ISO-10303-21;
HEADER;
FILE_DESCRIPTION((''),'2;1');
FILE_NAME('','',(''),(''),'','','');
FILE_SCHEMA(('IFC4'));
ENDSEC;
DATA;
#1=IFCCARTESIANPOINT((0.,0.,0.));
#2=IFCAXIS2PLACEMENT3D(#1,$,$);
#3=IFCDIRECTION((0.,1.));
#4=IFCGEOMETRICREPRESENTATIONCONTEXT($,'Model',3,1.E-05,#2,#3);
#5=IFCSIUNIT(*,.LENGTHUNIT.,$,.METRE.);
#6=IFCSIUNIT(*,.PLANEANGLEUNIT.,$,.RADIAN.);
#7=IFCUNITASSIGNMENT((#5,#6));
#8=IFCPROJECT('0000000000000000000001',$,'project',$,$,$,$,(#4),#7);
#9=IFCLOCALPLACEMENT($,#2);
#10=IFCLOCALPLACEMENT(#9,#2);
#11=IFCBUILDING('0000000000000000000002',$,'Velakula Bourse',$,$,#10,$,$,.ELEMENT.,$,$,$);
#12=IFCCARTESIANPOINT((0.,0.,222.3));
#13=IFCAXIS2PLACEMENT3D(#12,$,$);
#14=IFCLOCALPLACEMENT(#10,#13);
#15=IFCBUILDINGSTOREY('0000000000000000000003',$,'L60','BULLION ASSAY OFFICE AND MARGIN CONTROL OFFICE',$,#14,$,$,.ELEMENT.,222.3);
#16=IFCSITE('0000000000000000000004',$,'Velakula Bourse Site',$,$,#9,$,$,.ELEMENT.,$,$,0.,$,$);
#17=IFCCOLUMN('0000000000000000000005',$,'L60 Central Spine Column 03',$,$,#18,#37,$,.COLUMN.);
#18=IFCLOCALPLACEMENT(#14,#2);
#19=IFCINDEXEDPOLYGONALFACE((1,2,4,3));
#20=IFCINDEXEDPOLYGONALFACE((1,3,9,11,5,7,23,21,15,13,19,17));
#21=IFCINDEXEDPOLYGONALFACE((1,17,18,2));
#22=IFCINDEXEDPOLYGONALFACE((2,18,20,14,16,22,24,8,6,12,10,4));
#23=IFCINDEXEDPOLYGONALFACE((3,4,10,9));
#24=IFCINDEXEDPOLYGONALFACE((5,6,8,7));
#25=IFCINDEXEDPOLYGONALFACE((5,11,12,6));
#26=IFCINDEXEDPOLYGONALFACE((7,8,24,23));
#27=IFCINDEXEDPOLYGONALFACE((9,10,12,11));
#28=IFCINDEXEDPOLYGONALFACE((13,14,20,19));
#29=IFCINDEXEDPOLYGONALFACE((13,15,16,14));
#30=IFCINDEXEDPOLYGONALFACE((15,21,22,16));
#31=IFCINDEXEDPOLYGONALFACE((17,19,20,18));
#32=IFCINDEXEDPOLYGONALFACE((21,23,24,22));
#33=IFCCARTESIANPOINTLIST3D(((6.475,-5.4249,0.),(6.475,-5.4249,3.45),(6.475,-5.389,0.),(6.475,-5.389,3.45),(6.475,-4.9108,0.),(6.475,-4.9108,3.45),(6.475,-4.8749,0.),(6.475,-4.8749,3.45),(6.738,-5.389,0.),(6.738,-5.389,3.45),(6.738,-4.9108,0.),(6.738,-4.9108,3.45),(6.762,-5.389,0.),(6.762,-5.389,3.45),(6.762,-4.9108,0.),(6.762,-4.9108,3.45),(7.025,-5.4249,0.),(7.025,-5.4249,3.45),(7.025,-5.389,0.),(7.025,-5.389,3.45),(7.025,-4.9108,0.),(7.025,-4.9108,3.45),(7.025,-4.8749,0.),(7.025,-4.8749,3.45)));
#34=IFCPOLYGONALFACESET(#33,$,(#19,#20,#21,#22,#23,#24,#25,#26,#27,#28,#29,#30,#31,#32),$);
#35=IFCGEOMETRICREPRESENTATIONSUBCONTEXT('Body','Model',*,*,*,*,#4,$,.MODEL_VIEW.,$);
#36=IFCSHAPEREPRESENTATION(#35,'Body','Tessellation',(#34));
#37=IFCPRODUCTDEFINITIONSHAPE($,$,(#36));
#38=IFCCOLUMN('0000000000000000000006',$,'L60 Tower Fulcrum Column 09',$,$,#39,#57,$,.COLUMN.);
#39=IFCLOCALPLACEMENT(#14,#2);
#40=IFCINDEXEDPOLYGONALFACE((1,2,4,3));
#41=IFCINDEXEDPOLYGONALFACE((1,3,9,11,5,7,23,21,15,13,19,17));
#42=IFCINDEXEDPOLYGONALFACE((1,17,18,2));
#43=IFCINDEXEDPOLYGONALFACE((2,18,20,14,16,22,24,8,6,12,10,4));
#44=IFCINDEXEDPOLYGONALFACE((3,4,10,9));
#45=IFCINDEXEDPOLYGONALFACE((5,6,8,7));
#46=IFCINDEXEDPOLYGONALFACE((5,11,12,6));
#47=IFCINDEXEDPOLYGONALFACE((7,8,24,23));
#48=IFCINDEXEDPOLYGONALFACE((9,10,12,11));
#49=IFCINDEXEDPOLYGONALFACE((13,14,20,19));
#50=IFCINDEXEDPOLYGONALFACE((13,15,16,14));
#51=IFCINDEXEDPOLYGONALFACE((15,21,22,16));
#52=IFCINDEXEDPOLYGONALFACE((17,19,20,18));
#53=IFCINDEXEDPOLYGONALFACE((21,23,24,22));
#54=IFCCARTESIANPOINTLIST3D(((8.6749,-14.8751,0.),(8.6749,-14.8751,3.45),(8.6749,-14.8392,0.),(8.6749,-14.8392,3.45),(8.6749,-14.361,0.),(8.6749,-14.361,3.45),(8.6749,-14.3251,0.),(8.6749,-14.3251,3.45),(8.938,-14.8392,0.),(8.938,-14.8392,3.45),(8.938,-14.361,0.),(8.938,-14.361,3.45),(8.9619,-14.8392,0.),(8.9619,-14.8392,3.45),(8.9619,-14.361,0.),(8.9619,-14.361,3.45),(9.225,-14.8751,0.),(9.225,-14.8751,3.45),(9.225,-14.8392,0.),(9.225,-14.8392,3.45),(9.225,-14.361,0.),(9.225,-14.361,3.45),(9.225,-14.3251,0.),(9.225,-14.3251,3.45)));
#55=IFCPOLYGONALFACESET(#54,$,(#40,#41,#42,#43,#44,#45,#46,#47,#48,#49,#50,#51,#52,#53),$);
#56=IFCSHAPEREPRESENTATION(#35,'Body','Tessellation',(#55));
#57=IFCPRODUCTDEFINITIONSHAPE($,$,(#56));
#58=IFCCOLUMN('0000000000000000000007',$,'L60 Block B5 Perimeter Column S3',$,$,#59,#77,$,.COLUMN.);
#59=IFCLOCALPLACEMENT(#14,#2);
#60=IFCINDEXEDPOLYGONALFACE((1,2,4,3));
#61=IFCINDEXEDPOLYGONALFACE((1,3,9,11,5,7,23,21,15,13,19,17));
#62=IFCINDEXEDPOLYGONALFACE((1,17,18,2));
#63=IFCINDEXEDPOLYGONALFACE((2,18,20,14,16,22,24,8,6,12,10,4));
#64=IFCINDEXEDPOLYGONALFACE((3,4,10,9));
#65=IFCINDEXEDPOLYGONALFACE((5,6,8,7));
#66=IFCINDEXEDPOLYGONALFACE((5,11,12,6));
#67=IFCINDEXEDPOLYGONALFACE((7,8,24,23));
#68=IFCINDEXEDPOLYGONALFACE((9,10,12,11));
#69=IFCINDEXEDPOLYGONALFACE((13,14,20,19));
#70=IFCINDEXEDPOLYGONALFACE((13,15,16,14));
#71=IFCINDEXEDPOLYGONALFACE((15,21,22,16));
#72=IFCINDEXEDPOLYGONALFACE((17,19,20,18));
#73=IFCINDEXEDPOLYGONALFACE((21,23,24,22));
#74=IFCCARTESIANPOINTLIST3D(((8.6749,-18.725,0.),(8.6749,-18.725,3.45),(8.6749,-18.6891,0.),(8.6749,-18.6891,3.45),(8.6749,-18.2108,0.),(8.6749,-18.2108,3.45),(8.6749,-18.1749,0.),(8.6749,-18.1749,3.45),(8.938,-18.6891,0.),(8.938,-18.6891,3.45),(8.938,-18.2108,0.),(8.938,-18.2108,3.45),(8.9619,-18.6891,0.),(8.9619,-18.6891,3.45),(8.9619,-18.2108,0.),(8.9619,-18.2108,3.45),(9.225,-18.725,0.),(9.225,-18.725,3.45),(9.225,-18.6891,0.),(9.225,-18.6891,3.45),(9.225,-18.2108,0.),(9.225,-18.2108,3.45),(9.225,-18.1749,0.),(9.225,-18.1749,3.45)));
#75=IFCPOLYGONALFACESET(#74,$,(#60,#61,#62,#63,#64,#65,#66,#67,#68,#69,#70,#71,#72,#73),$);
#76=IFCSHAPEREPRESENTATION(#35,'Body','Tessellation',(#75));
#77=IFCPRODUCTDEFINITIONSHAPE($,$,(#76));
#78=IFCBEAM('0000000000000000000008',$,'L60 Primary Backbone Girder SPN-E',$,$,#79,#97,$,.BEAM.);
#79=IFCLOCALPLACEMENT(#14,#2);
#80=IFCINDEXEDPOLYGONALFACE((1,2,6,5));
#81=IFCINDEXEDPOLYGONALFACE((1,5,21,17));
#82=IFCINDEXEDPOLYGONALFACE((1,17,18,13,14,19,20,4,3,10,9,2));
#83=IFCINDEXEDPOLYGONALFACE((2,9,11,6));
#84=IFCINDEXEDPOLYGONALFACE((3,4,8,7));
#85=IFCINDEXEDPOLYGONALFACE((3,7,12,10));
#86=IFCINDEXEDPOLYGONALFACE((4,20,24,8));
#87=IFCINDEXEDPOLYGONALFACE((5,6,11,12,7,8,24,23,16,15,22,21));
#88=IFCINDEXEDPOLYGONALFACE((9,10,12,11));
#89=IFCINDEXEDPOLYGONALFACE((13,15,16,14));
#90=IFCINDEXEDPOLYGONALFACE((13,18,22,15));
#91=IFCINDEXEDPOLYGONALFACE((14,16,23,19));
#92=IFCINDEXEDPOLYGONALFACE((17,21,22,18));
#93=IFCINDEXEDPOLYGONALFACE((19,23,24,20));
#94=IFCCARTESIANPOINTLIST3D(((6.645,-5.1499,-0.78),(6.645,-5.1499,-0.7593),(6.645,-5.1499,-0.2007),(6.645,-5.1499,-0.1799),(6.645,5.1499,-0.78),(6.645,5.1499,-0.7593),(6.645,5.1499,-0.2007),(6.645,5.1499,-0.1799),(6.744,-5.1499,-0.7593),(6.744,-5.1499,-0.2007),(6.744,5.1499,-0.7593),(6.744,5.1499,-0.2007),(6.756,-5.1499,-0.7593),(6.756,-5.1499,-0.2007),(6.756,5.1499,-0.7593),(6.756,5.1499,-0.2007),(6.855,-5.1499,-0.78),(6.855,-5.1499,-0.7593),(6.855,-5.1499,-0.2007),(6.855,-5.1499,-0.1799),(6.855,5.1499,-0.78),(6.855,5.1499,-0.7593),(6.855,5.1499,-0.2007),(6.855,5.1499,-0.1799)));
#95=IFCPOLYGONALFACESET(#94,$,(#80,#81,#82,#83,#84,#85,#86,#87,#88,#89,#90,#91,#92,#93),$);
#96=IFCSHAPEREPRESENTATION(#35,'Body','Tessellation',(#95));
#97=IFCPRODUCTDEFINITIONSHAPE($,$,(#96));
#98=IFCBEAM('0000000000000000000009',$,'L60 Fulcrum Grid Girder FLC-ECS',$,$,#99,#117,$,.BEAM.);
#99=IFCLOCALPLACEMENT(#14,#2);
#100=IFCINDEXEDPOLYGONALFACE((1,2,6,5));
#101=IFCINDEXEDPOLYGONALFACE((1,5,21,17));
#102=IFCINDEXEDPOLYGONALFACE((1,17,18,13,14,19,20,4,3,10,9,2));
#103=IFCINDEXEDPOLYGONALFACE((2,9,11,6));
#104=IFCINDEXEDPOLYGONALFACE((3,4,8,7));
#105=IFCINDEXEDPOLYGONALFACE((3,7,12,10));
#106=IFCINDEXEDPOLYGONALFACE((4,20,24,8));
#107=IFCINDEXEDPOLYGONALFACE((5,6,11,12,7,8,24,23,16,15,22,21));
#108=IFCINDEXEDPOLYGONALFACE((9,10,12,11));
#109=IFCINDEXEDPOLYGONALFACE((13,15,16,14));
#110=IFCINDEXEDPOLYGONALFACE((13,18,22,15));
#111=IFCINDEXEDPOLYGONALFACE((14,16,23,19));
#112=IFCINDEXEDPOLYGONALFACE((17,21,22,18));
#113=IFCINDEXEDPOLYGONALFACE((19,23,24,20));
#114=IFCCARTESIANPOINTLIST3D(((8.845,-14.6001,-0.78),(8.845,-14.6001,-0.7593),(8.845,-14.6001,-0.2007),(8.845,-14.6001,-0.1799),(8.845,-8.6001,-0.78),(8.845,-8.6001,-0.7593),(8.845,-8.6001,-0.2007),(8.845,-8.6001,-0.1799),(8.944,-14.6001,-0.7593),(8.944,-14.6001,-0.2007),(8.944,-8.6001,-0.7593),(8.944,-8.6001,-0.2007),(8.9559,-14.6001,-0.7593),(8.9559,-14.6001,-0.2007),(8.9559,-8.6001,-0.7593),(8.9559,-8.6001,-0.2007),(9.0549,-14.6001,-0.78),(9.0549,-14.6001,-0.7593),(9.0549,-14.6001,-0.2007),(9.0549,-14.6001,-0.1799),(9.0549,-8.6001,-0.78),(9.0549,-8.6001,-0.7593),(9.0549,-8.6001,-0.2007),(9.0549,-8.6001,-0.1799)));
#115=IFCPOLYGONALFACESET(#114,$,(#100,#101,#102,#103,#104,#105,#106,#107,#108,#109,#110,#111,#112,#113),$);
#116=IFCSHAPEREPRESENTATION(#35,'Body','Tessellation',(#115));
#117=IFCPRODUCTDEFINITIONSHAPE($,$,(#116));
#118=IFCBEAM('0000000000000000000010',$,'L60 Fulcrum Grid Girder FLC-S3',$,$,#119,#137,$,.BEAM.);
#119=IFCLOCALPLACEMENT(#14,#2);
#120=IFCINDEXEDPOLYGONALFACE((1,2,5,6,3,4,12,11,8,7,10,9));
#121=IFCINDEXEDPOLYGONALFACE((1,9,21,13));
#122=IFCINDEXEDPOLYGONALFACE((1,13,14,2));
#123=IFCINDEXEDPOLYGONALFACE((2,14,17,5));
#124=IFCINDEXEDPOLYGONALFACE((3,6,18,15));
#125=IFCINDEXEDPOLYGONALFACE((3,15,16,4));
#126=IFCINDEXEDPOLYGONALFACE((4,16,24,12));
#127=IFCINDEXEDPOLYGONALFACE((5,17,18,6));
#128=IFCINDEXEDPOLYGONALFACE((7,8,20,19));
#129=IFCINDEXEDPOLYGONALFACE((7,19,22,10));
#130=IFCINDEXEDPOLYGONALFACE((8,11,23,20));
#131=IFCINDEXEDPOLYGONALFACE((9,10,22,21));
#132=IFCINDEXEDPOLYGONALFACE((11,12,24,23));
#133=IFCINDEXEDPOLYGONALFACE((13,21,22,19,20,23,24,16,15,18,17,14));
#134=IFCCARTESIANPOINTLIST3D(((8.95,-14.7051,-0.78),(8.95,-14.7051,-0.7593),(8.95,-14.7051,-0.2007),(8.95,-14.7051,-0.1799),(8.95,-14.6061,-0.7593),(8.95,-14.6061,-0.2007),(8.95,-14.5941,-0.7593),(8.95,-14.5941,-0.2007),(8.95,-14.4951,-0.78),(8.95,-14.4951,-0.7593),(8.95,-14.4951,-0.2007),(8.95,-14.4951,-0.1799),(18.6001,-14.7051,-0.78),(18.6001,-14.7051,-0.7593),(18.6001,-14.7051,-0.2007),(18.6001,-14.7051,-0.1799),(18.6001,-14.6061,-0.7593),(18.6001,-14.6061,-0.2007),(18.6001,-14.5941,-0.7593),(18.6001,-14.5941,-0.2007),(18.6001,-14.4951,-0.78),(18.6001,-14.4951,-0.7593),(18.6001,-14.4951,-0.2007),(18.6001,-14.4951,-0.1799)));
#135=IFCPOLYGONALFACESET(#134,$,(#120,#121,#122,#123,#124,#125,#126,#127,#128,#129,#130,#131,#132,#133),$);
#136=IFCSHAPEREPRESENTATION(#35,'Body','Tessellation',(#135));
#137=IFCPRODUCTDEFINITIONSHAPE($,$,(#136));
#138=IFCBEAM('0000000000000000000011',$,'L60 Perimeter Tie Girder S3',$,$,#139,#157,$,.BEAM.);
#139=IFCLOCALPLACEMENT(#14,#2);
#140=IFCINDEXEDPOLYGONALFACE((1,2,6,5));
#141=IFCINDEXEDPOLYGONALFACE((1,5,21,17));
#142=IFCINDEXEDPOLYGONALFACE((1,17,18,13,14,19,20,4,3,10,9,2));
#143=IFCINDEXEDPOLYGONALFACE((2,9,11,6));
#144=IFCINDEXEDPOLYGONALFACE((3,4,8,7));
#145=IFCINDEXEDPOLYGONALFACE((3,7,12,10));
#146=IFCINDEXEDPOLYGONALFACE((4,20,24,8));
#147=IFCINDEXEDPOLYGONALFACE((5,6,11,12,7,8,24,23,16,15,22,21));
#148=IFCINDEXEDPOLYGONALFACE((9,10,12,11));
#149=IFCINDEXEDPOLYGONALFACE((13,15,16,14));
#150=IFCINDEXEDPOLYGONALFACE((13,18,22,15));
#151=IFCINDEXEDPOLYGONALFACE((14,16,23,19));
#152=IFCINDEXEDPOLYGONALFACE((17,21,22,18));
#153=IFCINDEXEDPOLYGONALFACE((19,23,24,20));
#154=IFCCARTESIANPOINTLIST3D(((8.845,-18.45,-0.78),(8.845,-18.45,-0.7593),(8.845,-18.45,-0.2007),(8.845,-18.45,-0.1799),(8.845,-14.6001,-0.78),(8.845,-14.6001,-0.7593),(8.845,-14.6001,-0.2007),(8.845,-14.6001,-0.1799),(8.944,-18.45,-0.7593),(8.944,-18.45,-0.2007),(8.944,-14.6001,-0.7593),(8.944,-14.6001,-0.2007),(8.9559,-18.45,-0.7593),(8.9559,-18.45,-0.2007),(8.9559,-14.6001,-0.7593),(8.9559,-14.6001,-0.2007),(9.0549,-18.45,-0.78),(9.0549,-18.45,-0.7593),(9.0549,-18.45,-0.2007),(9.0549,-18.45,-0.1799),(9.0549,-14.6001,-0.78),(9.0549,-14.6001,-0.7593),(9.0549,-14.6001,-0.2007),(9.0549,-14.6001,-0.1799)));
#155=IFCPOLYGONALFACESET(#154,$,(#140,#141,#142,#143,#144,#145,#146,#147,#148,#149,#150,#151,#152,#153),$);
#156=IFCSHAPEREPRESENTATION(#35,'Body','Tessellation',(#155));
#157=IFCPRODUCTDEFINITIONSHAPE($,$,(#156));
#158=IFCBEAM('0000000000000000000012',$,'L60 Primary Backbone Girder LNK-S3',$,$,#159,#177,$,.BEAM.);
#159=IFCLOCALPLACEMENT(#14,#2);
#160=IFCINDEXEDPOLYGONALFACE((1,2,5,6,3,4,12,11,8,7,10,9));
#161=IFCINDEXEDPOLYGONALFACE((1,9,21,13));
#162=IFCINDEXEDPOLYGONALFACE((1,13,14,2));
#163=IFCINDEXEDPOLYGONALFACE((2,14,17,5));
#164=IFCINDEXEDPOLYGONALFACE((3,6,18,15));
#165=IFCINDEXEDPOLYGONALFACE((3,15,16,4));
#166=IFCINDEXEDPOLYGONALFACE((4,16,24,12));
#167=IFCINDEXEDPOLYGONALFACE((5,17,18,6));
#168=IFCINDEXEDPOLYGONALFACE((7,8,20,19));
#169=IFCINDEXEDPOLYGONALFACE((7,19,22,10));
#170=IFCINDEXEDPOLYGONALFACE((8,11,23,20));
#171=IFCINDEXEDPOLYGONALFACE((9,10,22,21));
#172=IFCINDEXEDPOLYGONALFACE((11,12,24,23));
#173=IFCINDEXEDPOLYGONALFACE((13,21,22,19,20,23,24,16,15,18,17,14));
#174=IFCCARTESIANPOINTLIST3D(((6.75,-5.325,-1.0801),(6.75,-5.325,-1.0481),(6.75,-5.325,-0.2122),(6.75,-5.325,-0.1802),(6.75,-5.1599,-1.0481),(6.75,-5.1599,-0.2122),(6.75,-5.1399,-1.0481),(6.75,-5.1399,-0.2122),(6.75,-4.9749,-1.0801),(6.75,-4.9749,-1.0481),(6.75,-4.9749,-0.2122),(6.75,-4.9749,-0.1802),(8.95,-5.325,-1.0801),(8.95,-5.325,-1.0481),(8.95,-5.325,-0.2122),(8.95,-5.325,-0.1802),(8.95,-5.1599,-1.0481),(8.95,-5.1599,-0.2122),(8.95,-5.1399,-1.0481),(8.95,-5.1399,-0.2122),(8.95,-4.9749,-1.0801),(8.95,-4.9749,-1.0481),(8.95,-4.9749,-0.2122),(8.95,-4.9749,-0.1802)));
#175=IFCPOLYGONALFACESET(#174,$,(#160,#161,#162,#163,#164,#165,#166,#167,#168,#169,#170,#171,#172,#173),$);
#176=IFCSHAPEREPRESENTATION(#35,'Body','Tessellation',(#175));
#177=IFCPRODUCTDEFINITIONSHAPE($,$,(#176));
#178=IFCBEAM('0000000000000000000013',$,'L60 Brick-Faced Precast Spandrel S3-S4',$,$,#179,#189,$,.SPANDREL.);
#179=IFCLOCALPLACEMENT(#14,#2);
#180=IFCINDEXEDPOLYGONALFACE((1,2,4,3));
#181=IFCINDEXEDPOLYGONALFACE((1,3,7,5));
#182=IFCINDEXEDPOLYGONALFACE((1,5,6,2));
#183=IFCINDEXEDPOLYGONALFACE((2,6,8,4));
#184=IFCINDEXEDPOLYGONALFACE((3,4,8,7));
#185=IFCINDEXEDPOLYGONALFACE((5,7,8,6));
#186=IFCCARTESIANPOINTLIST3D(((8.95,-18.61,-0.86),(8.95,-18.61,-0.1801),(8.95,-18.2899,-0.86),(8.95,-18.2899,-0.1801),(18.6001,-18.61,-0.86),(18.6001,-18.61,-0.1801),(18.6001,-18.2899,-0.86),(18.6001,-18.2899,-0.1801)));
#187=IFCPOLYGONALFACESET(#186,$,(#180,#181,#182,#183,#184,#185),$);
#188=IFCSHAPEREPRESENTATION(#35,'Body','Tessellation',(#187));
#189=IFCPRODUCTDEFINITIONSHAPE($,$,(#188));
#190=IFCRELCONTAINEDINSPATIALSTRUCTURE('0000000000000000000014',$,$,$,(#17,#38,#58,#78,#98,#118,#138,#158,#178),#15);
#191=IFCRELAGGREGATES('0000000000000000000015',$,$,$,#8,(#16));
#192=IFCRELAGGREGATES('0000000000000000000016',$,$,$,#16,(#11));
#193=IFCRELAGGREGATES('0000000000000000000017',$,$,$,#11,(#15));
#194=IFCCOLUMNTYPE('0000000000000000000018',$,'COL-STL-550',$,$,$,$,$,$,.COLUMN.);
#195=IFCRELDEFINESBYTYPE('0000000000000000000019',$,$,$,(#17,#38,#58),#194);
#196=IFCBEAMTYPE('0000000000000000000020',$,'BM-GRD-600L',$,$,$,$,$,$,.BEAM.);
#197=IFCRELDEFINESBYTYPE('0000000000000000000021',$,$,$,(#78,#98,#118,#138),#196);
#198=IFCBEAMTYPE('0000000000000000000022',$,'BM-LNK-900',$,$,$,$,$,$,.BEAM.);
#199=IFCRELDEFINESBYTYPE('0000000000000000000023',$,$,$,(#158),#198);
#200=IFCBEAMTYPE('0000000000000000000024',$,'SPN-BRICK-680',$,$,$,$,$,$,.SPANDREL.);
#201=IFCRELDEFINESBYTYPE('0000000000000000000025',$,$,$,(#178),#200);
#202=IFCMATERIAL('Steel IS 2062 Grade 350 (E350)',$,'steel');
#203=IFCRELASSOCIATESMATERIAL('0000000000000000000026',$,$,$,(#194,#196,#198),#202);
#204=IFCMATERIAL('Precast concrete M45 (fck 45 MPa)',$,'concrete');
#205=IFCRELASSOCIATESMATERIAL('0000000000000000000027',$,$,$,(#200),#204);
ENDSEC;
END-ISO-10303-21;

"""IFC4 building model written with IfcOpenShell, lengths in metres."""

from ifc_helpers import new_model, si_unit, direction, frame, origin, origin_2d, place, context, subcontext, project, spatial, rectangle, i_section, extrude, material, material_profile, profile_set, type_object, element, save


model = new_model("IFC4")

# Units and contexts
model_context = context("Model", 3, precision=1e-05, world=origin(), true_north=direction((0.0, 1.0)))
body_context = subcontext(model_context, "Body", "Model", "MODEL_VIEW")
ifc_project = project(units=[si_unit("LENGTHUNIT", "METRE"), si_unit("PLANEANGLEUNIT", "RADIAN")], contexts=[model_context])

# Site, building, storey
site_placement = place(None, origin())
site = spatial("IfcSite", under=ifc_project, at=site_placement, Name="Velakula Bourse Site", CompositionType="ELEMENT", RefElevation=0.0)
building_placement = place(site_placement, origin())
building = spatial("IfcBuilding", under=site, at=building_placement, Name="Velakula Bourse", CompositionType="ELEMENT")
storey_placement = place(building_placement, frame((0.0, 0.0, 222.3)))
storey = spatial("IfcBuildingStorey", under=building, at=storey_placement, Name="L60", Description="BULLION ASSAY OFFICE AND MARGIN CONTROL OFFICE", CompositionType="ELEMENT", Elevation=222.3)

# Columns
ifc_material_1 = material(Name="Steel IS 2062 Grade 350 (E350)", Category="steel")
ifc_material_profile_1 = material_profile(ifc_material_1, i_section(OverallWidth=0.55, OverallDepth=0.55, WebThickness=0.0239, FlangeThickness=0.0359, at=origin_2d()), Name="Steel IS 2062 Grade 350 (E350)")
ifc_profile_set_1 = profile_set([ifc_material_profile_1], Name="Steel IS 2062 Grade 350 (E350)")
column_type = type_object("IfcColumnType", Name="COL-STL-550", PredefinedType="COLUMN", material=ifc_profile_set_1)
for number, where, z_axis, x_axis, name in (
    (1, (6.75, -5.1499, 0.0), (0.0, 0.0, 1.0), (1.0, 0.0, 0.0), "L60 Central Spine Column 03"),
    (2, (8.95, -14.6001, 0.0), (0.0, 0.0, 1.0), (1.0, 0.0, 0.0), "L60 Tower Fulcrum Column 09"),
    (3, (8.95, -18.45, 0.0), (0.0, 0.0, 1.0), (1.0, 0.0, 0.0), "L60 Block B5 Perimeter Column S3"),
):
    element("IfcColumn", number, at=place(storey_placement, frame(where, z_axis=z_axis, x_axis=x_axis)), inside=storey, type_object=column_type, Name=name, PredefinedType="COLUMN", context=body_context, shape_type="SweptSolid", body=[
        extrude(i_section(OverallWidth=0.55, OverallDepth=0.55, WebThickness=0.0239, FlangeThickness=0.0359, at=origin_2d()), origin(), (0.0, 0.0, 1.0), 3.45),
    ])

# Beams
ifc_material_profile_2 = material_profile(ifc_material_1, i_section(OverallWidth=0.21, OverallDepth=0.6001, WebThickness=0.012, FlangeThickness=0.0208, at=origin_2d()), Name="Steel IS 2062 Grade 350 (E350)")
ifc_profile_set_2 = profile_set([ifc_material_profile_2], Name="Steel IS 2062 Grade 350 (E350)")
beam_type_1 = type_object("IfcBeamType", Name="BM-GRD-600L", PredefinedType="BEAM", material=ifc_profile_set_2)
beam_1_placement = place(storey_placement, frame((6.75, -5.1499, -0.48), z_axis=(0.0, 1.0, 0.0), x_axis=(-1.0, 0.0, 0.0)))
element("IfcBeam", 4, at=beam_1_placement, inside=storey, type_object=beam_type_1, Name="L60 Primary Backbone Girder SPN-E", PredefinedType="BEAM", context=body_context, shape_type="SweptSolid", body=[
    extrude(i_section(OverallWidth=0.21, OverallDepth=0.6001, WebThickness=0.012, FlangeThickness=0.0208, at=origin_2d()), origin(), (0.0, 0.0, 1.0), 10.2998),
])
beam_2_placement = place(storey_placement, frame((8.95, -14.6001, -0.48), z_axis=(0.0, 1.0, 0.0), x_axis=(-1.0, 0.0, 0.0)))
element("IfcBeam", 5, at=beam_2_placement, inside=storey, type_object=beam_type_1, Name="L60 Fulcrum Grid Girder FLC-ECS", PredefinedType="BEAM", context=body_context, shape_type="SweptSolid", body=[
    extrude(i_section(OverallWidth=0.21, OverallDepth=0.6001, WebThickness=0.012, FlangeThickness=0.0208, at=origin_2d()), origin(), (0.0, 0.0, 1.0), 6.0),
])
beam_3_placement = place(storey_placement, frame((8.95, -14.6001, -0.48), z_axis=(1.0, 0.0, 0.0), x_axis=(0.0, 1.0, 0.0)))
element("IfcBeam", 6, at=beam_3_placement, inside=storey, type_object=beam_type_1, Name="L60 Fulcrum Grid Girder FLC-S3", PredefinedType="BEAM", context=body_context, shape_type="SweptSolid", body=[
    extrude(i_section(OverallWidth=0.21, OverallDepth=0.6001, WebThickness=0.012, FlangeThickness=0.0208, at=origin_2d()), origin(), (0.0, 0.0, 1.0), 9.6501),
])
beam_4_placement = place(storey_placement, frame((8.95, -14.6001, -0.48), z_axis=(0.0, -1.0, 0.0), x_axis=(1.0, 0.0, 0.0)))
element("IfcBeam", 7, at=beam_4_placement, inside=storey, type_object=beam_type_1, Name="L60 Perimeter Tie Girder S3", PredefinedType="BEAM", context=body_context, shape_type="SweptSolid", body=[
    extrude(i_section(OverallWidth=0.21, OverallDepth=0.6001, WebThickness=0.012, FlangeThickness=0.0208, at=origin_2d()), origin(), (0.0, 0.0, 1.0), 3.8499),
])
ifc_material_profile_3 = material_profile(ifc_material_1, i_section(OverallWidth=0.3501, OverallDepth=0.8999, WebThickness=0.02, FlangeThickness=0.032, at=origin_2d()), Name="Steel IS 2062 Grade 350 (E350)")
ifc_profile_set_3 = profile_set([ifc_material_profile_3], Name="Steel IS 2062 Grade 350 (E350)")
beam_type_2 = type_object("IfcBeamType", Name="BM-LNK-900", PredefinedType="BEAM", material=ifc_profile_set_3)
beam_5_placement = place(storey_placement, frame((6.75, -5.1499, -0.6301), z_axis=(1.0, 0.0, 0.0), x_axis=(0.0, 1.0, 0.0)))
element("IfcBeam", 8, at=beam_5_placement, inside=storey, type_object=beam_type_2, Name="L60 Primary Backbone Girder LNK-S3", PredefinedType="BEAM", context=body_context, shape_type="SweptSolid", body=[
    extrude(i_section(OverallWidth=0.3501, OverallDepth=0.8999, WebThickness=0.02, FlangeThickness=0.032, at=origin_2d()), origin(), (0.0, 0.0, 1.0), 2.2),
])
ifc_material_2 = material(Name="Precast concrete M45 (fck 45 MPa)", Category="concrete")
ifc_material_profile_4 = material_profile(ifc_material_2, rectangle(XDim=0.3201, YDim=0.6799, at=origin_2d()), Name="Precast concrete M45 (fck 45 MPa)")
ifc_profile_set_4 = profile_set([ifc_material_profile_4], Name="Precast concrete M45 (fck 45 MPa)")
beam_type_3 = type_object("IfcBeamType", Name="SPN-BRICK-680", PredefinedType="SPANDREL", material=ifc_profile_set_4)
beam_6_placement = place(storey_placement, frame((8.95, -18.45, -0.52), z_axis=(1.0, 0.0, 0.0), x_axis=(0.0, 1.0, 0.0)))
element("IfcBeam", 9, at=beam_6_placement, inside=storey, type_object=beam_type_3, Name="L60 Brick-Faced Precast Spandrel S3-S4", PredefinedType="SPANDREL", context=body_context, shape_type="SweptSolid", body=[
    extrude(rectangle(XDim=0.3201, YDim=0.6799, at=origin_2d()), origin(), (0.0, 0.0, 1.0), 9.6501),
])

save(model, "model.ifc")
